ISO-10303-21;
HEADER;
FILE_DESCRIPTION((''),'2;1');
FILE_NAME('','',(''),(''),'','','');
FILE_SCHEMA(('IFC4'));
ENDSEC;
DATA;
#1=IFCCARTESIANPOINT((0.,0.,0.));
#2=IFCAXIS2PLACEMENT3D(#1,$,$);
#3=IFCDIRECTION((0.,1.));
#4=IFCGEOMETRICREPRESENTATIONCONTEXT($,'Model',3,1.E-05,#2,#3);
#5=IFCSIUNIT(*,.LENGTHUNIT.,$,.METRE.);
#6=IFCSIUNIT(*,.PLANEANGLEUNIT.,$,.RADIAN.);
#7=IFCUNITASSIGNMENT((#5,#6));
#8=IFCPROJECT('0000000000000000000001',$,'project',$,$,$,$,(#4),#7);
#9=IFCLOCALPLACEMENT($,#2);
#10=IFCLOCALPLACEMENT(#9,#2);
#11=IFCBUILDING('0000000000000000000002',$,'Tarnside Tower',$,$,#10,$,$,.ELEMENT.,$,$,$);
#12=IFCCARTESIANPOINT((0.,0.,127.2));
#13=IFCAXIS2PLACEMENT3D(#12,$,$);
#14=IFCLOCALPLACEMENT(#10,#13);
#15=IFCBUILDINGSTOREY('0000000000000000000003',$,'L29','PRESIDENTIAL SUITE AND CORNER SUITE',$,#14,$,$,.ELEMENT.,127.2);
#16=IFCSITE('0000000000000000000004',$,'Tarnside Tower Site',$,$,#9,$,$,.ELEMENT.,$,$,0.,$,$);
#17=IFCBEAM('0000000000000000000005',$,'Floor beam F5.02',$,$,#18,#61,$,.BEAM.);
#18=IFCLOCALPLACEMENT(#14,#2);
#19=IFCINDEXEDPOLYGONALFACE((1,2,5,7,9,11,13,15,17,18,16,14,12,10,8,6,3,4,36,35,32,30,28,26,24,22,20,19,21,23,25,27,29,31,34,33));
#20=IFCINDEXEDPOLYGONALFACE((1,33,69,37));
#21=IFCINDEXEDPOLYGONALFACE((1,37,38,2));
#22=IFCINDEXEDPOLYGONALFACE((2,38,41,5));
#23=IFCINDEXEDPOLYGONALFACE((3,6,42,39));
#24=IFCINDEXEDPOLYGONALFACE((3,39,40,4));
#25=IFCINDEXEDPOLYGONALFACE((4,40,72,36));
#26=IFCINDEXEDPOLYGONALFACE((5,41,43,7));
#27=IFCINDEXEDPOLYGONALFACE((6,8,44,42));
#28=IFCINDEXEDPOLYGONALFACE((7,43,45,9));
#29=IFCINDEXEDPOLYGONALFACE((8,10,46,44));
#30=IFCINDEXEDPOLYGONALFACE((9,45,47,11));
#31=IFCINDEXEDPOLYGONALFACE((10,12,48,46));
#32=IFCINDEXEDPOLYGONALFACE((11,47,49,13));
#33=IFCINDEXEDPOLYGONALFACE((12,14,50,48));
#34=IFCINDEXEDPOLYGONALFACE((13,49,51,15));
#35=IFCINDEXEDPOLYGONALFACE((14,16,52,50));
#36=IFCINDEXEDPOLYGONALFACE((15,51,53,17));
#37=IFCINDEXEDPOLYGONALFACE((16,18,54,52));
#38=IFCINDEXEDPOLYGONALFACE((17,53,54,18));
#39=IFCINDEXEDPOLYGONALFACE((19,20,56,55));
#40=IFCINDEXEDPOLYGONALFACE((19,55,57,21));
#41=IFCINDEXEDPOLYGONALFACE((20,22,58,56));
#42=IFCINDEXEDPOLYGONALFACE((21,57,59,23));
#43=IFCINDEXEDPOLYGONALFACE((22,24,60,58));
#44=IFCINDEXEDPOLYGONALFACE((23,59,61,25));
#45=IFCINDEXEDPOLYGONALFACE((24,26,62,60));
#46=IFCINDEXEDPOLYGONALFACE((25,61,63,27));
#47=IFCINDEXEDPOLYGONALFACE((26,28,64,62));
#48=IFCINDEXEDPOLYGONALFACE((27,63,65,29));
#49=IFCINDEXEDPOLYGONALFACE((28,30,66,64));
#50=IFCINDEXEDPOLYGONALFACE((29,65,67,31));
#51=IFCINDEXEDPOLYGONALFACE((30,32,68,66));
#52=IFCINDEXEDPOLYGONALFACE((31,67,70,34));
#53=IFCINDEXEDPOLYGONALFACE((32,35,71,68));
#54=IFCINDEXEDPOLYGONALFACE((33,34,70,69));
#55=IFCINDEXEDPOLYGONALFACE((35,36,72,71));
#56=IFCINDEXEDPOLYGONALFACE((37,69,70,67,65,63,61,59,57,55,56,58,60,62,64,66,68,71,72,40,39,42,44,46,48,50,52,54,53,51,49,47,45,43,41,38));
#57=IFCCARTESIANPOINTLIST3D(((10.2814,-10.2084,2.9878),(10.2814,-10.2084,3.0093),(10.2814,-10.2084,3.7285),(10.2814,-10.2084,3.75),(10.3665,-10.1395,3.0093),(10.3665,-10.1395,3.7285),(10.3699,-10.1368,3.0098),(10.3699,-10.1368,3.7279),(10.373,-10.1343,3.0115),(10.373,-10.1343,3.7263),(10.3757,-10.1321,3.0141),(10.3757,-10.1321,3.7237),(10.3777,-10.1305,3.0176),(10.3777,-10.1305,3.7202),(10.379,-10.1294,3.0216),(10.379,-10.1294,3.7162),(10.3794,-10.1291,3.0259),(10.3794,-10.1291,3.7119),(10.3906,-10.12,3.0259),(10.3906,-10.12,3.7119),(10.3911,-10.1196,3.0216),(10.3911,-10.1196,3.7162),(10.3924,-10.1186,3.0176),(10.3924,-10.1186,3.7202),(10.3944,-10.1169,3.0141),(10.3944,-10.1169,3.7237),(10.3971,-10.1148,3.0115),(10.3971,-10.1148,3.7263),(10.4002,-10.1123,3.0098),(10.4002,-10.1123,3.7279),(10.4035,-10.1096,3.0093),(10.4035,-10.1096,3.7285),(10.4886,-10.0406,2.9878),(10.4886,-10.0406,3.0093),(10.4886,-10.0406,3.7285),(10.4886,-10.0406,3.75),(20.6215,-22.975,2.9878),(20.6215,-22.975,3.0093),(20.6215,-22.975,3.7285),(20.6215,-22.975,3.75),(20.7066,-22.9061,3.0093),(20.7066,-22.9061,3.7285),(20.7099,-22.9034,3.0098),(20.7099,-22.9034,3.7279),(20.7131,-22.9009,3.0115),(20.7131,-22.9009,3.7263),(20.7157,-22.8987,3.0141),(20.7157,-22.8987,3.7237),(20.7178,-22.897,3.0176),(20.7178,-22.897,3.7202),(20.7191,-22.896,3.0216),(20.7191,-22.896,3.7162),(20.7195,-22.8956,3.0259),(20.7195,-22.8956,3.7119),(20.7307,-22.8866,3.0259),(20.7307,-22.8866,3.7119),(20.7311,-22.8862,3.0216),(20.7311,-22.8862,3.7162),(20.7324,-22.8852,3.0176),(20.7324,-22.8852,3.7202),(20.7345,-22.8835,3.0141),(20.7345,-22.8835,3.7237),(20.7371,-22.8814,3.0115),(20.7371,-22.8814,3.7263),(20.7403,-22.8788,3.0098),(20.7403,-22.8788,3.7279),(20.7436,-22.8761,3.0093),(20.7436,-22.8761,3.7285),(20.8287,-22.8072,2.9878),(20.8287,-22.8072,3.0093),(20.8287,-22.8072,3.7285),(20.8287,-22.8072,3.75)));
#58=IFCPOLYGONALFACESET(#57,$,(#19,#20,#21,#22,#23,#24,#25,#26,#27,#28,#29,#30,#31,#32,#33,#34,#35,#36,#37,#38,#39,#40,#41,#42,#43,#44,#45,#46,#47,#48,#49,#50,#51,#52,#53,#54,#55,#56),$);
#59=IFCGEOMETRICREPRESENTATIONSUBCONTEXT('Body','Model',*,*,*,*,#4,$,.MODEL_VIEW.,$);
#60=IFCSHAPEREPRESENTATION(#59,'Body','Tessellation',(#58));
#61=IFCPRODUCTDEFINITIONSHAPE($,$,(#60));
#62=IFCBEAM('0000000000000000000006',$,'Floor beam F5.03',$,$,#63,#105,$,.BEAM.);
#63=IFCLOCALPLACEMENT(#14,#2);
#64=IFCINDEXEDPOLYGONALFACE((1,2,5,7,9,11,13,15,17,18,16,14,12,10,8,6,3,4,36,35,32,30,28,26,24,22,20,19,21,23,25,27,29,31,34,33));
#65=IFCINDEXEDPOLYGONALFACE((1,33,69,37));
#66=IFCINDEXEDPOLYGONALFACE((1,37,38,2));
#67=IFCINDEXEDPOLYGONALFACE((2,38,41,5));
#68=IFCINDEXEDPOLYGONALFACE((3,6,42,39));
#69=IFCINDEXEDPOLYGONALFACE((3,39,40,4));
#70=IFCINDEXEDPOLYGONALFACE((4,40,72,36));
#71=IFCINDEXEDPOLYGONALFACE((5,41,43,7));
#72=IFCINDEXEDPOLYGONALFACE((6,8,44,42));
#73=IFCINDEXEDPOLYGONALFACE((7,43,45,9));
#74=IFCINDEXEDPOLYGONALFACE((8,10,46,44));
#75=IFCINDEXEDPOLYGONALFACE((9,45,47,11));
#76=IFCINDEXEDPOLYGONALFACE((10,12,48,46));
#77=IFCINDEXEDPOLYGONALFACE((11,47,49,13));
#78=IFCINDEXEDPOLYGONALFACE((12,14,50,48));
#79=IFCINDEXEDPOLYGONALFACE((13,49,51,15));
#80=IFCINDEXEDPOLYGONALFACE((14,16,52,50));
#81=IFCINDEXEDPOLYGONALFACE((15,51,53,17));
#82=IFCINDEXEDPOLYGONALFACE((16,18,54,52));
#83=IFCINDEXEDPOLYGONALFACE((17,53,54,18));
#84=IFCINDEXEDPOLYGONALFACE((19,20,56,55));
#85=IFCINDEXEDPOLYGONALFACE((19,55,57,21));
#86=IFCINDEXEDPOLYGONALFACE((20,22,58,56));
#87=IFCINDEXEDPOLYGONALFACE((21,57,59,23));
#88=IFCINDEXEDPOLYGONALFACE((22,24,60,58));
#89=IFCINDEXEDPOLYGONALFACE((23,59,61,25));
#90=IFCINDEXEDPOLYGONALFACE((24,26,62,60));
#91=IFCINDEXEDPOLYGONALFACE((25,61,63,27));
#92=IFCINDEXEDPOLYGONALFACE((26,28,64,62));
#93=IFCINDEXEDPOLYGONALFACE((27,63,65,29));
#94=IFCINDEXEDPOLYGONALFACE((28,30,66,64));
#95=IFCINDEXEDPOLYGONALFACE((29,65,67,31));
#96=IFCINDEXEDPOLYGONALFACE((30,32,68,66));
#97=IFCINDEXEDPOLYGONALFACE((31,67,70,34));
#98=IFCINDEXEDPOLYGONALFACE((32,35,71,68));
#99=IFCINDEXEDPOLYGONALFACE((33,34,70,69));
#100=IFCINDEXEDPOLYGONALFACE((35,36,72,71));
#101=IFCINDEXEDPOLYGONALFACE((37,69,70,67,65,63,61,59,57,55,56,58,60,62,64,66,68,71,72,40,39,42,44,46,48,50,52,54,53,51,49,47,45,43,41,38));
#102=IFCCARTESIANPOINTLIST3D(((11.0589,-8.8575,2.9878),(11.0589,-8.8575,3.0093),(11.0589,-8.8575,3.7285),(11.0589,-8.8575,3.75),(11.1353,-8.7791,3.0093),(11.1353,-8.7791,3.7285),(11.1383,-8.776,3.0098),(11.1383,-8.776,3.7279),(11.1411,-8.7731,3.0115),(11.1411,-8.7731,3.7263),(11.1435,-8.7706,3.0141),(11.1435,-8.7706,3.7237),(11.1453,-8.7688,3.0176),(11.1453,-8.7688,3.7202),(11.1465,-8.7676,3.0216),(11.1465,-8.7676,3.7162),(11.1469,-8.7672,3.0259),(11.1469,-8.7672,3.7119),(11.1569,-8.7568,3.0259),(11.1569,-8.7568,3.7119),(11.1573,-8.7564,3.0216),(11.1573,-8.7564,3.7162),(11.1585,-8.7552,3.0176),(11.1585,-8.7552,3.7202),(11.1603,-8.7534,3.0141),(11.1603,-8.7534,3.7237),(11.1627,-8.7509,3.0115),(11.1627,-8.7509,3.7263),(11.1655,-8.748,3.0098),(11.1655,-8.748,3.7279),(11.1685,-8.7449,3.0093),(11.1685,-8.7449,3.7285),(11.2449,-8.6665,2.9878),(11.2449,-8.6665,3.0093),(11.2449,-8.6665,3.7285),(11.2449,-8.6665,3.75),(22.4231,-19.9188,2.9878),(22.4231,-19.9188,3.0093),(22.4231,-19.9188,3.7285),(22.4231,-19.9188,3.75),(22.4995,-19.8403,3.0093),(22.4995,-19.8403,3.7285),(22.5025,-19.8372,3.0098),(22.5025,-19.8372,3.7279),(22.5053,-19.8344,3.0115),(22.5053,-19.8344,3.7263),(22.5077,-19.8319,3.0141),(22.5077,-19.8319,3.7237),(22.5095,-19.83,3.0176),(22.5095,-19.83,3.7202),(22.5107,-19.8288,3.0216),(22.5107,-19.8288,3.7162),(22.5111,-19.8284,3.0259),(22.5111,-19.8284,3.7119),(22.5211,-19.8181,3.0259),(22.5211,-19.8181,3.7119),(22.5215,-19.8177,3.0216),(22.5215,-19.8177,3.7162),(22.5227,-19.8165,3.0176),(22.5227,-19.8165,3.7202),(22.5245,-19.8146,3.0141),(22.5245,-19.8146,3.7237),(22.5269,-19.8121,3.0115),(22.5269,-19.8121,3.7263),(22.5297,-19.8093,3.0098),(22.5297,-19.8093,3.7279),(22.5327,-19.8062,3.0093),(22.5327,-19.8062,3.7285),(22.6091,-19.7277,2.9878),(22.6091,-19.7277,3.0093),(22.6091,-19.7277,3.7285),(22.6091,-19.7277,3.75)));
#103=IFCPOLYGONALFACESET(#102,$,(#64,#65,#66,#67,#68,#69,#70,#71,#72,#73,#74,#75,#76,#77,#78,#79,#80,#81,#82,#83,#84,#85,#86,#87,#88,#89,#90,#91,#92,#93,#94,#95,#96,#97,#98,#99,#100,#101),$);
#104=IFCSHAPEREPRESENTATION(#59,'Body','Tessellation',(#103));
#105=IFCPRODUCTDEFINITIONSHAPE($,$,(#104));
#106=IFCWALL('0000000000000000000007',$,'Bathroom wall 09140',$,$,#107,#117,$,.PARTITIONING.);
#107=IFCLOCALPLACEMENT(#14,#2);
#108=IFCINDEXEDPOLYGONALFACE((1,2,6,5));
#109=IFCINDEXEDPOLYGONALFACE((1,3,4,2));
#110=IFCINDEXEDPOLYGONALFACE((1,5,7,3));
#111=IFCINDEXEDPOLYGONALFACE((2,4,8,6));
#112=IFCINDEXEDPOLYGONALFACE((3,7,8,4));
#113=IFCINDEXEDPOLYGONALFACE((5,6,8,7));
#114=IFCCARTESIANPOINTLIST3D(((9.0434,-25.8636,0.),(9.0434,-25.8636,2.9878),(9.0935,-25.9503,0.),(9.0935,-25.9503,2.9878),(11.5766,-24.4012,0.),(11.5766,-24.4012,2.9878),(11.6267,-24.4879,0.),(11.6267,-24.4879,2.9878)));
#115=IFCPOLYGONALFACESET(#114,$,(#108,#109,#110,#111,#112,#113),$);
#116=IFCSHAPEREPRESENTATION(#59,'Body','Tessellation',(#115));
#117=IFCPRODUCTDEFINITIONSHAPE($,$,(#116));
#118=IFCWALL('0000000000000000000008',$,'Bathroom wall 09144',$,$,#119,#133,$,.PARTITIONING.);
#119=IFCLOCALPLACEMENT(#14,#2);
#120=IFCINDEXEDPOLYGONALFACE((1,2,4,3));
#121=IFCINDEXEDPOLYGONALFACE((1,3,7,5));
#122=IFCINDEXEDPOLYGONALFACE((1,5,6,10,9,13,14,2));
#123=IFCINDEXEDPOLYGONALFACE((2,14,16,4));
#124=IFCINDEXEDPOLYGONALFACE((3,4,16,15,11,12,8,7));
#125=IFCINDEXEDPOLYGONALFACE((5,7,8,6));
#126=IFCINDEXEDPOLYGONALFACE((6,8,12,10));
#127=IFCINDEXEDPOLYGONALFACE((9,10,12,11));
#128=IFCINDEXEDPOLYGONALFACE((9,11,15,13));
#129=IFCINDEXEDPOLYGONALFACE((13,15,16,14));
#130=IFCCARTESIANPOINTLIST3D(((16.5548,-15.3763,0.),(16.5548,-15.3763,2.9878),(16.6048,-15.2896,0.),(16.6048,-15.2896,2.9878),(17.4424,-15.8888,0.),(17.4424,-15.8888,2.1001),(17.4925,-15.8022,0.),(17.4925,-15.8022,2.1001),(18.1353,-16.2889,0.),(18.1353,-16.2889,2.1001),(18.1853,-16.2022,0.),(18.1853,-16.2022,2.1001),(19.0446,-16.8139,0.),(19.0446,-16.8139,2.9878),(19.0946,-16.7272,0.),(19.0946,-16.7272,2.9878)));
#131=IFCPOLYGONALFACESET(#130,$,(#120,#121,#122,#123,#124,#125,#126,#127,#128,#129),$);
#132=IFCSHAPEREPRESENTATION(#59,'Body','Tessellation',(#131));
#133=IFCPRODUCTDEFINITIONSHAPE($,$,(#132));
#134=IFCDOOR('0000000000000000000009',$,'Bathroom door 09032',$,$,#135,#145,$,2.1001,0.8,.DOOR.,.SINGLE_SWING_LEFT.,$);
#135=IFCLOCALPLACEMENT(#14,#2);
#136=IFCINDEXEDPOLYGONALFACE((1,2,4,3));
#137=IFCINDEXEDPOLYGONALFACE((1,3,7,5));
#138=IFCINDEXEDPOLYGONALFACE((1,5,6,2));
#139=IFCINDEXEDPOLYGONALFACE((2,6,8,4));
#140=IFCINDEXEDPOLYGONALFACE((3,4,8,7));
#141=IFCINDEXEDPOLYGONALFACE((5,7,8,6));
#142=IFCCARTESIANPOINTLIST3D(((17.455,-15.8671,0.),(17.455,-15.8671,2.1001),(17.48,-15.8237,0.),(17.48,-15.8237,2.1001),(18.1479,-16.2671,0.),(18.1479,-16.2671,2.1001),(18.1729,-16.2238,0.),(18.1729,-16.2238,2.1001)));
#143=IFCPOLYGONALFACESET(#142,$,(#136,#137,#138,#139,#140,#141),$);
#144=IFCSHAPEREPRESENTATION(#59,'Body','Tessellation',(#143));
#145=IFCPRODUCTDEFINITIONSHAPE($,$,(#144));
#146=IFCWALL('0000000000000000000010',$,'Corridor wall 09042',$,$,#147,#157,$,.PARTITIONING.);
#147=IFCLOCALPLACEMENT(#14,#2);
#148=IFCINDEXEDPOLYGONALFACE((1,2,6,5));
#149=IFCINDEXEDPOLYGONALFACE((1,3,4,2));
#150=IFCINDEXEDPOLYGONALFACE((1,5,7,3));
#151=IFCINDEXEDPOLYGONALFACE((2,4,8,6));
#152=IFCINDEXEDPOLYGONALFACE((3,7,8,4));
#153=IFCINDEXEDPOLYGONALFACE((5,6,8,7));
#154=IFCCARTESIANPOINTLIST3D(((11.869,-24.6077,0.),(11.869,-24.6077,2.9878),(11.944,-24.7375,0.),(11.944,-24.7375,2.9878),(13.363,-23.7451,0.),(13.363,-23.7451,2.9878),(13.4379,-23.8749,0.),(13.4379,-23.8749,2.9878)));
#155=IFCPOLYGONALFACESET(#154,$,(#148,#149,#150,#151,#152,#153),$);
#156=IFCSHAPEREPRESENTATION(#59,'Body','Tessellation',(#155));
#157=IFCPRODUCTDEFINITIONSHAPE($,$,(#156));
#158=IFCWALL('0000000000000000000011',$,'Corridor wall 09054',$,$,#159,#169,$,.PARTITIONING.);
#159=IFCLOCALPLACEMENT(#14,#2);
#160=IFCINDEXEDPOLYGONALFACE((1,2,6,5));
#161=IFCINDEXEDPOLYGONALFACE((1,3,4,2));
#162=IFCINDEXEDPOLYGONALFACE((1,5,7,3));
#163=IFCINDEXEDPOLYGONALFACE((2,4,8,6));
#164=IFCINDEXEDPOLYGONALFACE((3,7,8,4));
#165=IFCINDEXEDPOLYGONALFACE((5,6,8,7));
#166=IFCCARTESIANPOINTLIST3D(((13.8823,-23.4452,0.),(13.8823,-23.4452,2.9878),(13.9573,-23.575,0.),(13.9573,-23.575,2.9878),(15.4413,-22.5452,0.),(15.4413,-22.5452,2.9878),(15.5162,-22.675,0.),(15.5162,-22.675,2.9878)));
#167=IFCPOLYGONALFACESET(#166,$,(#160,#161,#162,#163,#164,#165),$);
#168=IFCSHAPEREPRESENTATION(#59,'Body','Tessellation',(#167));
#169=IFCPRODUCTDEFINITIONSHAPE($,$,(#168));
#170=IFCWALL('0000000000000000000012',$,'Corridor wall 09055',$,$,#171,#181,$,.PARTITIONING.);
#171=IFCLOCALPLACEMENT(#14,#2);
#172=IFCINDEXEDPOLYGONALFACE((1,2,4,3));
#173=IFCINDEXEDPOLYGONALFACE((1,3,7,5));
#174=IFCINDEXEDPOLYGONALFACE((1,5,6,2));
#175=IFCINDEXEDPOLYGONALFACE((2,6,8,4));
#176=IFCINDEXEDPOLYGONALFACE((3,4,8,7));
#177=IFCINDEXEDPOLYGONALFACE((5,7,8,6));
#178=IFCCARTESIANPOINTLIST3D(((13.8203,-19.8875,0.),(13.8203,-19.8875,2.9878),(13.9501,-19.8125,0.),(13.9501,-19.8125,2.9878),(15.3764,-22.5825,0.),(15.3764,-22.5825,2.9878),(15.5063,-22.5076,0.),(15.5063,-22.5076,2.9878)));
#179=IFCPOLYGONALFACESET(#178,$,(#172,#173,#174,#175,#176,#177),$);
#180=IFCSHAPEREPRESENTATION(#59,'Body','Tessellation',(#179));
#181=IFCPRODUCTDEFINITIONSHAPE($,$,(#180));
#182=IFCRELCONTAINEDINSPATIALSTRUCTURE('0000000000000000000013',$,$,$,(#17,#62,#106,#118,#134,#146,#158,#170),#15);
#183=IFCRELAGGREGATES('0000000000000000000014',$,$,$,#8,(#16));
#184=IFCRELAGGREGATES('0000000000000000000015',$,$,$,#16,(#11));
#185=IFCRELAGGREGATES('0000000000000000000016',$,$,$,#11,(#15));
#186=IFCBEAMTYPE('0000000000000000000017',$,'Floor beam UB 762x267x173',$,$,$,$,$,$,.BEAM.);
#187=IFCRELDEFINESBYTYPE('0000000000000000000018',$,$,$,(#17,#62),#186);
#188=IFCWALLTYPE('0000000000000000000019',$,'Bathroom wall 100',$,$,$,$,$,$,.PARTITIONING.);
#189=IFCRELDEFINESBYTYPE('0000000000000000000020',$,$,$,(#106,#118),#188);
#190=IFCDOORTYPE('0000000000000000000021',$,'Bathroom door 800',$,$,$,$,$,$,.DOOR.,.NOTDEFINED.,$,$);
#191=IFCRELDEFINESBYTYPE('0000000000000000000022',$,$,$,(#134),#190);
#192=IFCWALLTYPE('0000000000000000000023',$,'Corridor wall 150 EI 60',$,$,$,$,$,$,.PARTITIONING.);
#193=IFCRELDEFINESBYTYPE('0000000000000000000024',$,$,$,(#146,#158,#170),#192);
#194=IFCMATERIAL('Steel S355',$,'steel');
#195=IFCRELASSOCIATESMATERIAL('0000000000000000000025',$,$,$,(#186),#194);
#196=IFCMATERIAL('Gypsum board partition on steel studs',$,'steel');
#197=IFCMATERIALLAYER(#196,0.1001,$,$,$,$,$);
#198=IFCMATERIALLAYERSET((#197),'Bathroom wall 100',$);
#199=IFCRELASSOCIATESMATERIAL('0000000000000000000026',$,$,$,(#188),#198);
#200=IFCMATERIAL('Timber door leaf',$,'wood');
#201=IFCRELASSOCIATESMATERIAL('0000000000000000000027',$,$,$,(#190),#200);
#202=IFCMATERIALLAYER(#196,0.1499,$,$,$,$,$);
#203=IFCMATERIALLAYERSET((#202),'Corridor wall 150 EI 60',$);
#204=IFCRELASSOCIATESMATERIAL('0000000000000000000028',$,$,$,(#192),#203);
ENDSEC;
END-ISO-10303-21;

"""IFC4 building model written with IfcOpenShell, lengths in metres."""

from ifc_helpers import new_model, si_unit, direction, frame, frame_2d, origin, origin_2d, place, context, subcontext, project, spatial, rectangle, i_section, extrude, material, layer, layer_set, material_profile, profile_set, type_object, element, fill, save


model = new_model("IFC4")

# Units and contexts
model_context = context("Model", 3, precision=1e-05, world=origin(), true_north=direction((0.0, 1.0)))
body_context = subcontext(model_context, "Body", "Model", "MODEL_VIEW")
ifc_project = project(units=[si_unit("LENGTHUNIT", "METRE"), si_unit("PLANEANGLEUNIT", "RADIAN")], contexts=[model_context])

# Site, building, storey
site_placement = place(None, origin())
site = spatial("IfcSite", under=ifc_project, at=site_placement, Name="Tarnside Tower Site", CompositionType="ELEMENT", RefElevation=0.0)
building_placement = place(site_placement, origin())
building = spatial("IfcBuilding", under=site, at=building_placement, Name="Tarnside Tower", CompositionType="ELEMENT")
storey_placement = place(building_placement, frame((0.0, 0.0, 127.2)))
storey = spatial("IfcBuildingStorey", under=building, at=storey_placement, Name="L29", Description="PRESIDENTIAL SUITE AND CORNER SUITE", CompositionType="ELEMENT", Elevation=127.2)

# Beams
ifc_material_1 = material(Name="Steel S355", Category="steel")
ifc_material_profile = material_profile(ifc_material_1, i_section(OverallWidth=0.2666, OverallDepth=0.7622, WebThickness=0.0144, FlangeThickness=0.0215, FilletRadius=0.0166, at=origin_2d()), Name="UB 762x267x173")
ifc_profile_set = profile_set([ifc_material_profile], Name="Steel S355")
beam_type = type_object("IfcBeamType", Name="Floor beam UB 762x267x173", PredefinedType="BEAM", material=ifc_profile_set)
beam_1_placement = place(storey_placement, frame((20.7251, -22.8911, 3.3689), z_axis=(-0.62939, 0.777089, 0.0), x_axis=(-0.777089, -0.62939, 0.0)))
element("IfcBeam", 1, at=beam_1_placement, inside=storey, type_object=beam_type, Name="Floor beam F5.02", PredefinedType="BEAM", context=body_context, shape_type="SweptSolid", body=[
    extrude(i_section(OverallWidth=0.2666, OverallDepth=0.7622, WebThickness=0.0144, FlangeThickness=0.0215, FilletRadius=0.0166, at=origin_2d()), origin(), (0.0, 0.0, 1.0), 16.4287),
])
beam_2_placement = place(storey_placement, frame((22.5161, -19.8232, 3.3689), z_axis=(-0.716595, 0.69749, 0.0), x_axis=(-0.69749, -0.716595, 0.0)))
element("IfcBeam", 2, at=beam_2_placement, inside=storey, type_object=beam_type, Name="Floor beam F5.03", PredefinedType="BEAM", context=body_context, shape_type="SweptSolid", body=[
    extrude(i_section(OverallWidth=0.2666, OverallDepth=0.7622, WebThickness=0.0144, FlangeThickness=0.0215, FilletRadius=0.0166, at=origin_2d()), origin(), (0.0, 0.0, 1.0), 15.8586),
])

# Wall
ifc_material_2 = material(Name="Gypsum board partition on steel studs", Category="steel")
ifc_layer_1 = layer(ifc_material_2, 0.1001)
ifc_layer_set_1 = layer_set([ifc_layer_1], Name="Bathroom wall 100")
wall_type_1 = type_object("IfcWallType", Name="Bathroom wall 100", PredefinedType="PARTITIONING", material=ifc_layer_set_1)
wall_1_placement = place(storey_placement, frame((11.6016, -24.4446, 0.0), z_axis=(0.0, 0.0, 1.0), x_axis=(-0.866047, -0.499963, 0.0)))
element("IfcWall", 3, at=wall_1_placement, inside=storey, type_object=wall_type_1, Name="Bathroom wall 09140", PredefinedType="PARTITIONING", context=body_context, shape_type="SweptSolid", body=[
    extrude(rectangle(XDim=2.925, YDim=0.1001, at=frame_2d((1.4624, 0.0))), origin(), (0.0, 0.0, 1.0), 2.9878),
])

# Wall, opening, door
wall_2_placement = place(storey_placement, frame((19.0696, -16.7705, 0.0), z_axis=(0.0, 0.0, 1.0), x_axis=(-0.866019, 0.500012, 0.0)))
wall_2 = element("IfcWall", 4, at=wall_2_placement, inside=storey, type_object=wall_type_1, Name="Bathroom wall 09144", PredefinedType="PARTITIONING", context=body_context, shape_type="SweptSolid", body=[
    extrude(rectangle(XDim=2.875, YDim=0.1001, at=frame_2d((1.4375, 0.0))), origin(), (0.0, 0.0, 1.0), 2.9878),
])
opening_1_placement = place(wall_2_placement, frame((1.05, 0.0, 0.0)))
opening_1 = element("IfcOpeningElement", 5, at=opening_1_placement, cuts=wall_2, PredefinedType="OPENING", context=body_context, shape_type="SweptSolid", body=[
    extrude(rectangle(XDim=0.8, YDim=2.1001, at=frame_2d((0.3999, 1.05))), frame((0.0, 0.0601, 0.0), z_axis=(0.0, -1.0, 0.0), x_axis=(1.0, 0.0, 0.0)), (0.0, 0.0, 1.0), 0.1201),
])
ifc_material_3 = material(Name="Timber door leaf", Category="wood")
door_type_1 = type_object("IfcDoorType", Name="Bathroom door 800", OperationType="NOTDEFINED", PredefinedType="DOOR", material=ifc_material_3)
door_1_placement = place(opening_1_placement, origin())
door_1 = element("IfcDoor", 6, at=door_1_placement, inside=storey, type_object=door_type_1, Name="Bathroom door 09032", OperationType="SINGLE_SWING_LEFT", OverallHeight=2.1001, OverallWidth=0.8, PredefinedType="DOOR", context=body_context, shape_type="SweptSolid", body=[
    extrude(rectangle(XDim=0.8, YDim=2.1001, at=frame_2d((0.3999, 1.05))), frame((0.0, 0.0249, 0.0), z_axis=(0.0, -1.0, 0.0), x_axis=(1.0, 0.0, 0.0)), (0.0, 0.0, 1.0), 0.05),
])
fill(opening_1, door_1)

# Walls
ifc_layer_2 = layer(ifc_material_2, 0.1499)
ifc_layer_set_2 = layer_set([ifc_layer_2], Name="Corridor wall 150 EI 60")
wall_type_2 = type_object("IfcWallType", Name="Corridor wall 150 EI 60", PredefinedType="PARTITIONING", material=ifc_layer_set_2)
wall_3_placement = place(storey_placement, frame((11.9065, -24.6726, 0.0), z_axis=(0.0, 0.0, 1.0), x_axis=(0.866014, 0.500021, 0.0)))
element("IfcWall", 7, at=wall_3_placement, inside=storey, type_object=wall_type_2, Name="Corridor wall 09042", PredefinedType="PARTITIONING", context=body_context, shape_type="SweptSolid", body=[
    extrude(rectangle(XDim=1.7251, YDim=0.1499, at=frame_2d((0.8625, 0.0))), origin(), (0.0, 0.0, 1.0), 2.9878),
])
wall_4_placement = place(storey_placement, frame((13.9199, -23.51, 0.0), z_axis=(0.0, 0.0, 1.0), x_axis=(0.866048, 0.499961, 0.0)))
element("IfcWall", 8, at=wall_4_placement, inside=storey, type_object=wall_type_2, Name="Corridor wall 09054", PredefinedType="PARTITIONING", context=body_context, shape_type="SweptSolid", body=[
    extrude(rectangle(XDim=1.8, YDim=0.1499, at=frame_2d((0.8999, 0.0))), origin(), (0.0, 0.0, 1.0), 2.9878),
])
wall_5_placement = place(storey_placement, frame((15.4414, -22.5452, 0.0), z_axis=(0.0, 0.0, 1.0), x_axis=(-0.500037, 0.866004, 0.0)))
element("IfcWall", 9, at=wall_5_placement, inside=storey, type_object=wall_type_2, Name="Corridor wall 09055", PredefinedType="PARTITIONING", context=body_context, shape_type="SweptSolid", body=[
    extrude(rectangle(XDim=3.1121, YDim=0.1499, at=frame_2d((1.5562, 0.0))), origin(), (0.0, 0.0, 1.0), 2.9878),
])

save(model, "model.ifc")
